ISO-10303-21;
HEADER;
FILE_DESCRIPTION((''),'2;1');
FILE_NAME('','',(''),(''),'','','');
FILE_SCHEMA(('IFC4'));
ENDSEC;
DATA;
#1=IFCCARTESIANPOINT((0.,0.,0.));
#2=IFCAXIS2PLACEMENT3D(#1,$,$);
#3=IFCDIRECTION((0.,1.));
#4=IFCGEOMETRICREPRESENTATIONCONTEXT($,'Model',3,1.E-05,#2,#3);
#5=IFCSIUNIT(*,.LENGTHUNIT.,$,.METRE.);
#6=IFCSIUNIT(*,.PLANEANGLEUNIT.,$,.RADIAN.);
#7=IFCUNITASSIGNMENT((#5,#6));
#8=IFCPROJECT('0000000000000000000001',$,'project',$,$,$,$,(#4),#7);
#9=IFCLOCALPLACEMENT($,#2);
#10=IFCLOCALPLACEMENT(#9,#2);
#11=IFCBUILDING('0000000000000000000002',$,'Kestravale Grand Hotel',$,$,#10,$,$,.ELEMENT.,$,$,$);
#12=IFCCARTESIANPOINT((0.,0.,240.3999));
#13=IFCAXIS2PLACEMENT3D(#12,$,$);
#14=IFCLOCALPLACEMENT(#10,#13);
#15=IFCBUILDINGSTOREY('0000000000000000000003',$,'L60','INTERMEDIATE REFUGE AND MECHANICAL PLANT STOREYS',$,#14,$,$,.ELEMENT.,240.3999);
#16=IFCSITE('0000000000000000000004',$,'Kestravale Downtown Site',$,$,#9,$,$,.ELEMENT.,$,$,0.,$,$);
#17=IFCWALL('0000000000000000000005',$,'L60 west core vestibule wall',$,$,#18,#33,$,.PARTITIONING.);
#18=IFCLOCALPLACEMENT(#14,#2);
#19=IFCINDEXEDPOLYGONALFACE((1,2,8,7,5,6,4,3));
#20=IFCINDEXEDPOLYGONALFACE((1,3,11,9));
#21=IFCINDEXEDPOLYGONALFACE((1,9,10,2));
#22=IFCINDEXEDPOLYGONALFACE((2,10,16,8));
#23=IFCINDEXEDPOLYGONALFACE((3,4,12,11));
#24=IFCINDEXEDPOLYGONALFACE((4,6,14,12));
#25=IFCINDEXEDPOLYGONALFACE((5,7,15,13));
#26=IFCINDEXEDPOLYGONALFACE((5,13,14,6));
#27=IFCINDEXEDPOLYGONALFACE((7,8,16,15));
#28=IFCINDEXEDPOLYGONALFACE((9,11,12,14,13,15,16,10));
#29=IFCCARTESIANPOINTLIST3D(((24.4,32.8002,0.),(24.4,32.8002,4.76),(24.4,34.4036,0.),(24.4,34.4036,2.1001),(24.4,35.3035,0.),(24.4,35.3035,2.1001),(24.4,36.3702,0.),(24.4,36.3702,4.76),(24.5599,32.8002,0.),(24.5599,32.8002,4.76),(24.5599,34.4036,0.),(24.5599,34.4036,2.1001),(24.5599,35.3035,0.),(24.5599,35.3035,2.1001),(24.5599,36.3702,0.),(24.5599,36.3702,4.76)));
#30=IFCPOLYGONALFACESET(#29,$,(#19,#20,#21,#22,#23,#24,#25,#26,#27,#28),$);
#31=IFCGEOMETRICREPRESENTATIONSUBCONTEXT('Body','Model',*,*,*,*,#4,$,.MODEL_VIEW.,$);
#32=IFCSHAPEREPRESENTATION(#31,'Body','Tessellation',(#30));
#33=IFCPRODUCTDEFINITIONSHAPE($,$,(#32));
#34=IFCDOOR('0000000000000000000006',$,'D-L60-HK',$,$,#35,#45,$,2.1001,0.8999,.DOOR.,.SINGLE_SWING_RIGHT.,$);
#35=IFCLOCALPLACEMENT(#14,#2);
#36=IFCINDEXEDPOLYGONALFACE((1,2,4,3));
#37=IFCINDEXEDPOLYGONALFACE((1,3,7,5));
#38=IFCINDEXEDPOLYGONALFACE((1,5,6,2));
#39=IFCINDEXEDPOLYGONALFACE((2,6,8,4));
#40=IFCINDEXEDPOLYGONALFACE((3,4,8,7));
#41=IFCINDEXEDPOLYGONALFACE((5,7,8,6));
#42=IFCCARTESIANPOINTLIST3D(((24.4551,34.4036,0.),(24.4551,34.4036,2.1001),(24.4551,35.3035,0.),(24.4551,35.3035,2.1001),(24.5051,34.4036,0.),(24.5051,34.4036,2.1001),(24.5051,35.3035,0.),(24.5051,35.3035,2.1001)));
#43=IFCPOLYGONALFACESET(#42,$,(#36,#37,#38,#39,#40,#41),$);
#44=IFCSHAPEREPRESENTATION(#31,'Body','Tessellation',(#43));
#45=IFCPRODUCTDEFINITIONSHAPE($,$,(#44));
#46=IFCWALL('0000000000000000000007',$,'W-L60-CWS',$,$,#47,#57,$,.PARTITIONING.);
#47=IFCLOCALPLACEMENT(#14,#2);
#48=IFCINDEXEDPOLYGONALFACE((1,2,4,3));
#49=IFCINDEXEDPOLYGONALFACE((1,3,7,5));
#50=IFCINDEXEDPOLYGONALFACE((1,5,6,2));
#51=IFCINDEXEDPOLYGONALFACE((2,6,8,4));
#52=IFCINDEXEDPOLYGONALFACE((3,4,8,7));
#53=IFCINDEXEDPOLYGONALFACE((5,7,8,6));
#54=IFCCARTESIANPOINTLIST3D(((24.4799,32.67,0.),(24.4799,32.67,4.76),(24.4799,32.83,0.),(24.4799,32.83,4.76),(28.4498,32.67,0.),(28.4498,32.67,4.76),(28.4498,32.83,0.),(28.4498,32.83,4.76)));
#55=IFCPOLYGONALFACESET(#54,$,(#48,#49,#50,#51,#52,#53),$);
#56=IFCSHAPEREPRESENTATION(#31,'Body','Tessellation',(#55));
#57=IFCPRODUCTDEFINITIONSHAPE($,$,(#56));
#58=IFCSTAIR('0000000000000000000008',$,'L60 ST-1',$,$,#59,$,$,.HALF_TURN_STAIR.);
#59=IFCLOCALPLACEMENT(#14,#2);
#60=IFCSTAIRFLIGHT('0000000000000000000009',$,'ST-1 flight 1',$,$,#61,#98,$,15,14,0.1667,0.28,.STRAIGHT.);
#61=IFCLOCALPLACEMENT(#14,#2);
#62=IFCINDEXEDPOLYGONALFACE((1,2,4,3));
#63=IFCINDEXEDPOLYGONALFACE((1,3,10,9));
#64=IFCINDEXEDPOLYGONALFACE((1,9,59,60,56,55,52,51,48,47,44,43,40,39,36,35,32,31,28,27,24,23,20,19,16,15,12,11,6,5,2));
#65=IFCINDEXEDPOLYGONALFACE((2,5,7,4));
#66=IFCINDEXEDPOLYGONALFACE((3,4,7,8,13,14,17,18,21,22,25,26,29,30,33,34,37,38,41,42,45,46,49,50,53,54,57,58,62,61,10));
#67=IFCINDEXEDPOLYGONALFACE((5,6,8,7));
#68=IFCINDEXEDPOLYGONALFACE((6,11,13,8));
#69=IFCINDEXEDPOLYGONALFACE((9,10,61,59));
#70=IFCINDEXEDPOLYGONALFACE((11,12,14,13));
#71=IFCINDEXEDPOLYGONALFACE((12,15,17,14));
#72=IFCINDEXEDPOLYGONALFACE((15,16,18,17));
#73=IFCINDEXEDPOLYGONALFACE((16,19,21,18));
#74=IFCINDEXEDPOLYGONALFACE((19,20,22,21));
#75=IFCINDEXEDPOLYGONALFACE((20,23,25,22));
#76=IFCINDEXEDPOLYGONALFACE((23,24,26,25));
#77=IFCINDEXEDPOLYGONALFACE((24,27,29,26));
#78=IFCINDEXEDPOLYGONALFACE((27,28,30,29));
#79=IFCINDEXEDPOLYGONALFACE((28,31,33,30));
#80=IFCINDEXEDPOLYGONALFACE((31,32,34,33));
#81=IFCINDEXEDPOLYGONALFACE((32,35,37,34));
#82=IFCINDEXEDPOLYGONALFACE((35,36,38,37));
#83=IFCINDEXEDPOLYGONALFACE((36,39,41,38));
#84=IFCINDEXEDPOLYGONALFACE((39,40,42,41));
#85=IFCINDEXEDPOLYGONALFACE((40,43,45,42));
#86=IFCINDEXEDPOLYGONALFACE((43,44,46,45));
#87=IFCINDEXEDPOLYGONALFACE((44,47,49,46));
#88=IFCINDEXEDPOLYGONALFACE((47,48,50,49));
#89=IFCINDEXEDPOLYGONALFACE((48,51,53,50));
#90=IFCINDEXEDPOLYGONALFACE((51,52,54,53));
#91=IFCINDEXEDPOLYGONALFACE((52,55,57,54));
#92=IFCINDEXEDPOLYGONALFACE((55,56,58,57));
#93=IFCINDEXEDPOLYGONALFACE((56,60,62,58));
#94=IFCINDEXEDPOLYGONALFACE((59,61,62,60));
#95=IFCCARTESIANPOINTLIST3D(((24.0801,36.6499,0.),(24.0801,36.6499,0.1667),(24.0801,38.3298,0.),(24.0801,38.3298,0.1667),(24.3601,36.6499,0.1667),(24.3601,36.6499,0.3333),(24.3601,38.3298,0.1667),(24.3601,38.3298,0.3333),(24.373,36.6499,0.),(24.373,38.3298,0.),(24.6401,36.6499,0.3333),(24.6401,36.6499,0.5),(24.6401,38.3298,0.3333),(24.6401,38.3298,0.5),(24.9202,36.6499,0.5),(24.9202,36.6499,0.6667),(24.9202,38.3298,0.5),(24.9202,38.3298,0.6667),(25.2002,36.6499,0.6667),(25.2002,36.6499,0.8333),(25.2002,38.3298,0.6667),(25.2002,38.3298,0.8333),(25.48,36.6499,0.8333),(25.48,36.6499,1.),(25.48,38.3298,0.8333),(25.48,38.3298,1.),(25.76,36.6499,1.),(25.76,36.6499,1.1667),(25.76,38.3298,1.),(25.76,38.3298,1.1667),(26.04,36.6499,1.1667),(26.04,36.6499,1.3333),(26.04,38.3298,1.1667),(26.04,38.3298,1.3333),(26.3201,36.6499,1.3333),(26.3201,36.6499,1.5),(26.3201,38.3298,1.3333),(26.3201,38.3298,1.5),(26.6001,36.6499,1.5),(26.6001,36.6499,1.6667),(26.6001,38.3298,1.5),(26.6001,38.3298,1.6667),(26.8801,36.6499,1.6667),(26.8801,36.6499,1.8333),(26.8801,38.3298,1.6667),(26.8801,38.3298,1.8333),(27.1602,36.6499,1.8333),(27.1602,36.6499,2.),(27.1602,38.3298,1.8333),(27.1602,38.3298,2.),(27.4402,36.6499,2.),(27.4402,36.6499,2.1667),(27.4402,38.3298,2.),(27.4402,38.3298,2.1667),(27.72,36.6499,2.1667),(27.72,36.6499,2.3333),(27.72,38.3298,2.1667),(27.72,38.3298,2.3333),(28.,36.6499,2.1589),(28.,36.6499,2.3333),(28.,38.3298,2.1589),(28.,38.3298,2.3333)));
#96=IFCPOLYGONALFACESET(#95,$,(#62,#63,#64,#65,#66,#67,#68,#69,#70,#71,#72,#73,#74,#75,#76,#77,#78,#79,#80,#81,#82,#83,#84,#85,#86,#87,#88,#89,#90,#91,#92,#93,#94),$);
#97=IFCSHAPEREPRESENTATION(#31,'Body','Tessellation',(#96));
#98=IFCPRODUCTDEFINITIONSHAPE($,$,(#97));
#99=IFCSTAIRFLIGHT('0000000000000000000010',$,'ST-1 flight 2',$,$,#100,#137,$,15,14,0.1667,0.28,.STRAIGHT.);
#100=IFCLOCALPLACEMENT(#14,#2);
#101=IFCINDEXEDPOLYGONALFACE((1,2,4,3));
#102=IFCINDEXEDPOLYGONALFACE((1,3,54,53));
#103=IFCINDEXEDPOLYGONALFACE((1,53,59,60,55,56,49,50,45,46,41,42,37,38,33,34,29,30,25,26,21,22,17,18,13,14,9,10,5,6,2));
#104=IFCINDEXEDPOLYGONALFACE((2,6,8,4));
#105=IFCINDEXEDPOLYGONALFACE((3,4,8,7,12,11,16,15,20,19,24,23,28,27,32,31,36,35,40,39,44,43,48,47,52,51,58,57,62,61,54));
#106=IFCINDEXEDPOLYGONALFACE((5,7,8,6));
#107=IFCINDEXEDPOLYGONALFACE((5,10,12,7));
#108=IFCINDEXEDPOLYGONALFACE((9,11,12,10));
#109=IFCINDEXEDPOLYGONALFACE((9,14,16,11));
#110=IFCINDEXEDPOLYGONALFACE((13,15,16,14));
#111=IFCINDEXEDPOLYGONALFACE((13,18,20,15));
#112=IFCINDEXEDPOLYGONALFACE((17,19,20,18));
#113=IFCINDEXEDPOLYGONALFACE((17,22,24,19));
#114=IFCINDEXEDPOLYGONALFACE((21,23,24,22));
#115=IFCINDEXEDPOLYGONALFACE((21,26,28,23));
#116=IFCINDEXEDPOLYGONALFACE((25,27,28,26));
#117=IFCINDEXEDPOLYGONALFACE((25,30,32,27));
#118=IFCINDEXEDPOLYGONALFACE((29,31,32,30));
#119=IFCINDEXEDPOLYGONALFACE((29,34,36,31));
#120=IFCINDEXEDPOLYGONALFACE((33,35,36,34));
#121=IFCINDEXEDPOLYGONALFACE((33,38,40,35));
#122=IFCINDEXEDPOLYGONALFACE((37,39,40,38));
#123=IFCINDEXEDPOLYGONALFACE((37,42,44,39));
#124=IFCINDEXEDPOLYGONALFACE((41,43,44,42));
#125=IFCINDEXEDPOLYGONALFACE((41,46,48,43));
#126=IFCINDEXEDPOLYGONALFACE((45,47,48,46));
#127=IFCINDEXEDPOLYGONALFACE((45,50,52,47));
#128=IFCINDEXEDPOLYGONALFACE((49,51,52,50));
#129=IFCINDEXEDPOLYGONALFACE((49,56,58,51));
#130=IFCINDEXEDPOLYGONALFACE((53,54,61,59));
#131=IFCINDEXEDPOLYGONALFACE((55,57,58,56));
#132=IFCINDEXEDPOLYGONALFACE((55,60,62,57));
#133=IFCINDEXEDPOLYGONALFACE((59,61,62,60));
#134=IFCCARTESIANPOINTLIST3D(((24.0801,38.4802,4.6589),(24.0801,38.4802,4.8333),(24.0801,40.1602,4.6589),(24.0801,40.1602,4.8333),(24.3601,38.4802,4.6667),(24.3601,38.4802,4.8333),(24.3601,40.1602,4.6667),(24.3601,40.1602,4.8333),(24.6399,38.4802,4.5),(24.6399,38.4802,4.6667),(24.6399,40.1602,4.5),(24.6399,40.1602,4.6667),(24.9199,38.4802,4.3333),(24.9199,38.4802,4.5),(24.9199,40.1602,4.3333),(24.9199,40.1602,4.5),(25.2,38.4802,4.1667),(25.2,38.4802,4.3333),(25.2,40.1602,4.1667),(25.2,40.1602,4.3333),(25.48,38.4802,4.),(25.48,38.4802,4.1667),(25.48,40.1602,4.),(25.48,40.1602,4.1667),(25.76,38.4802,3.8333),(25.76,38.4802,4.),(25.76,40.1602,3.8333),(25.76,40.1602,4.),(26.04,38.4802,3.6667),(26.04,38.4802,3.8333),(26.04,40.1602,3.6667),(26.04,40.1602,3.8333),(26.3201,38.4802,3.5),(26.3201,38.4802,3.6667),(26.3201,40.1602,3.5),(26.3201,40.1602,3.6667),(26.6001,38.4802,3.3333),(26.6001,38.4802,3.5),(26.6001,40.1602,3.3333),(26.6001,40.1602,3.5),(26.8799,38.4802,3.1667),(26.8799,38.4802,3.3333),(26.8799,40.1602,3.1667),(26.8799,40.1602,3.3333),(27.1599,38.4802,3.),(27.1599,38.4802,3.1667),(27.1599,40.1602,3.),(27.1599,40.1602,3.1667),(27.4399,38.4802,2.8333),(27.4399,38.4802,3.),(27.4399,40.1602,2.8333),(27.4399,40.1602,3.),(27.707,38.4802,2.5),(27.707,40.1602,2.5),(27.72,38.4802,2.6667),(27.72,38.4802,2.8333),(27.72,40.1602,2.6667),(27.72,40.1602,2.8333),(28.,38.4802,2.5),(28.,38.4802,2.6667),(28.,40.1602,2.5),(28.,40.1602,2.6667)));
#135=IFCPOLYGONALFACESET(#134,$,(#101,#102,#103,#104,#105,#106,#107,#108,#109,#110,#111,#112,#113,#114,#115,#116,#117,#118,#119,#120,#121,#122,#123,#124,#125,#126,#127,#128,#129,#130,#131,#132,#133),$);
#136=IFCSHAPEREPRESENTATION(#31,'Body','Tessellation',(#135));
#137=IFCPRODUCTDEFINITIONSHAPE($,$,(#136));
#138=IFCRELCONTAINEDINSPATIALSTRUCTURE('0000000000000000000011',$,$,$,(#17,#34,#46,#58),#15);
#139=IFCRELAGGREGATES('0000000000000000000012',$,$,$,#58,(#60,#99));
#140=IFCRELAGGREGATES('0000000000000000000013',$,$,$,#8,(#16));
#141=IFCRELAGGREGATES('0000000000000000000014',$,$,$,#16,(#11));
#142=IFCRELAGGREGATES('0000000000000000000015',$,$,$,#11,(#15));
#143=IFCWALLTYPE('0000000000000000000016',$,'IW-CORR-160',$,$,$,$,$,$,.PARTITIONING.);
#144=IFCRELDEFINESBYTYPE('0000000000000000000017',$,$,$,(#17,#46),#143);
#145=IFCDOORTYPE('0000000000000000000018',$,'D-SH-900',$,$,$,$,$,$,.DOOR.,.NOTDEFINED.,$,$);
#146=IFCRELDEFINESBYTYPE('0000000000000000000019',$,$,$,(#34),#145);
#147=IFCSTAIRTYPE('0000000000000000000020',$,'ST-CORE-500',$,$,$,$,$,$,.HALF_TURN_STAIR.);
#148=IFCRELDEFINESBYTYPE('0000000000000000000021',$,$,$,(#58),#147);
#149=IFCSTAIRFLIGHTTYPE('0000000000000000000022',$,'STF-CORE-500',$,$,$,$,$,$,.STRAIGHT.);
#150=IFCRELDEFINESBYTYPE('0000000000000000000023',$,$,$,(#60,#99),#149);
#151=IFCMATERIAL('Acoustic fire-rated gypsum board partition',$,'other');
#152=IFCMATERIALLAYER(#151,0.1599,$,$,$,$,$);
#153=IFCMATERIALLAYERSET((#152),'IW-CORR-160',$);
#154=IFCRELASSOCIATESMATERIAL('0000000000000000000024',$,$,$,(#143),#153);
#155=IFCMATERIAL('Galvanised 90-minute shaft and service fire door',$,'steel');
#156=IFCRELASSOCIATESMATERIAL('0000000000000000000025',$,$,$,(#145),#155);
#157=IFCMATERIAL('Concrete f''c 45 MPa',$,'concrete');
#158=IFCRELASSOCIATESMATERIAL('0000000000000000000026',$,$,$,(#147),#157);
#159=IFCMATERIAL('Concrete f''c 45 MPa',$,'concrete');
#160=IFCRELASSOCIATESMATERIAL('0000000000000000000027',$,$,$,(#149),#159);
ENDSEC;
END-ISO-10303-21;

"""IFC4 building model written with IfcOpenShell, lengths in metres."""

from ifc_helpers import new_model, si_unit, direction, frame, frame_2d, origin, place, context, subcontext, project, spatial, polyline, rectangle, outline, extrude, material, layer, layer_set, type_object, element, fill, aggregate, save


model = new_model("IFC4")

# Units and contexts
model_context = context("Model", 3, precision=1e-05, world=origin(), true_north=direction((0.0, 1.0)))
body_context = subcontext(model_context, "Body", "Model", "MODEL_VIEW")
ifc_project = project(units=[si_unit("LENGTHUNIT", "METRE"), si_unit("PLANEANGLEUNIT", "RADIAN")], contexts=[model_context])

# Site, building, storey
site_placement = place(None, origin())
site = spatial("IfcSite", under=ifc_project, at=site_placement, Name="Kestravale Downtown Site", CompositionType="ELEMENT", RefElevation=0.0)
building_placement = place(site_placement, origin())
building = spatial("IfcBuilding", under=site, at=building_placement, Name="Kestravale Grand Hotel", CompositionType="ELEMENT")
storey_placement = place(building_placement, frame((0.0, 0.0, 240.3999)))
storey = spatial("IfcBuildingStorey", under=building, at=storey_placement, Name="L60", Description="INTERMEDIATE REFUGE AND MECHANICAL PLANT STOREYS", CompositionType="ELEMENT", Elevation=240.3999)

# Wall, opening, door
ifc_material_1 = material(Name="Acoustic fire-rated gypsum board partition", Category="other")
ifc_layer_1 = layer(ifc_material_1, 0.1599)
ifc_layer_set_1 = layer_set([ifc_layer_1], Name="IW-CORR-160")
wall_type_1 = type_object("IfcWallType", Name="IW-CORR-160", PredefinedType="PARTITIONING", material=ifc_layer_set_1)
wall_1_placement = place(storey_placement, frame((24.48, 32.8, 0.0), z_axis=(0.0, 0.0, 1.0), x_axis=(0.0, 1.0, 0.0)))
wall_1 = element("IfcWall", 1, at=wall_1_placement, inside=storey, type_object=wall_type_1, Name="L60 west core vestibule wall", PredefinedType="PARTITIONING", context=body_context, shape_type="SweptSolid", body=[
    extrude(rectangle(XDim=3.5701, YDim=0.1599, at=frame_2d((1.7852, 0.0))), origin(), (0.0, 0.0, 1.0), 4.76),
])
opening_1_placement = place(wall_1_placement, frame((1.6035, 0.0, 0.0)))
opening_1 = element("IfcOpeningElement", 2, at=opening_1_placement, cuts=wall_1, PredefinedType="OPENING", context=body_context, shape_type="SweptSolid", body=[
    extrude(rectangle(XDim=0.8999, YDim=2.1001, at=frame_2d((0.45, 1.05))), frame((0.0, 0.0898, 0.0), z_axis=(0.0, -1.0, 0.0), x_axis=(1.0, 0.0, 0.0)), (0.0, 0.0, 1.0), 0.1799),
])
ifc_material_2 = material(Name="Galvanised 90-minute shaft and service fire door", Category="steel")
door_type_1 = type_object("IfcDoorType", Name="D-SH-900", OperationType="NOTDEFINED", PredefinedType="DOOR", material=ifc_material_2)
door_1_placement = place(opening_1_placement, origin())
door_1 = element("IfcDoor", 3, at=door_1_placement, inside=storey, type_object=door_type_1, Name="D-L60-HK", OperationType="SINGLE_SWING_RIGHT", OverallHeight=2.1001, OverallWidth=0.8999, PredefinedType="DOOR", context=body_context, shape_type="SweptSolid", body=[
    extrude(rectangle(XDim=0.8999, YDim=2.1001, at=frame_2d((0.45, 1.05))), frame((0.0, 0.0249, 0.0), z_axis=(0.0, -1.0, 0.0), x_axis=(1.0, 0.0, 0.0)), (0.0, 0.0, 1.0), 0.05),
])
fill(opening_1, door_1)

# Wall
wall_2_placement = place(storey_placement, frame((24.48, 32.75, 0.0), z_axis=(0.0, 0.0, 1.0), x_axis=(1.0, 0.0, 0.0)))
element("IfcWall", 4, at=wall_2_placement, inside=storey, type_object=wall_type_1, Name="W-L60-CWS", PredefinedType="PARTITIONING", context=body_context, shape_type="SweptSolid", body=[
    extrude(rectangle(XDim=3.97, YDim=0.1599, at=frame_2d((1.9849, 0.0))), origin(), (0.0, 0.0, 1.0), 4.76),
])

# Stair, stair flights
ifc_material_3 = material(Name="Concrete f'c 45 MPa", Category="concrete")
stair_type = type_object("IfcStairType", Name="ST-CORE-500", PredefinedType="HALF_TURN_STAIR", material=ifc_material_3)
stair_placement = place(storey_placement, origin())
stair = element("IfcStair", 5, at=stair_placement, inside=storey, type_object=stair_type, Name="L60 ST-1", PredefinedType="HALF_TURN_STAIR")
ifc_material_4 = material(Name="Concrete f'c 45 MPa", Category="concrete")
stair_flight_type = type_object("IfcStairFlightType", Name="STF-CORE-500", PredefinedType="STRAIGHT", material=ifc_material_4)
stair_flight_1_placement = place(storey_placement, frame((24.0801, 37.49, 0.0), z_axis=(0.0, 0.0, 1.0), x_axis=(1.0, 0.0, 0.0)))
stair_flight_1 = element("IfcStairFlight", 6, at=stair_flight_1_placement, type_object=stair_flight_type, Name="ST-1 flight 1", NumberOfRisers=15, NumberOfTreads=14, PredefinedType="STRAIGHT", RiserHeight=0.1667, TreadLength=0.28, context=body_context, shape_type="SweptSolid", body=[
    extrude(outline(polyline([(0.0, 0.0), (0.0, 0.1667), (0.28, 0.1667), (0.28, 0.3333), (0.5601, 0.3333), (0.5601, 0.5), (0.8401, 0.5), (0.8401, 0.6667), (1.1201, 0.6667), (1.1201, 0.8333), (1.3999, 0.8333), (1.3999, 1.0), (1.6799, 1.0), (1.6799, 1.1667), (1.96, 1.1667), (1.96, 1.3333), (2.24, 1.3333), (2.24, 1.5), (2.52, 1.5), (2.52, 1.6667), (2.8, 1.6667), (2.8, 1.8333), (3.0801, 1.8333), (3.0801, 2.0), (3.3601, 2.0), (3.3601, 2.1667), (3.6399, 2.1667), (3.6399, 2.3333), (3.9199, 2.3333), (3.9199, 2.5), (3.9199, 2.1589), (0.293, 0.0), (0.0, 0.0)])), frame((0.0, 0.8398, 0.0), z_axis=(0.0, -1.0, 0.0), x_axis=(1.0, 0.0, 0.0)), (0.0, 0.0, 1.0), 1.6799),
])
stair_flight_2_placement = place(storey_placement, frame((28.0, 39.3201, 2.5), z_axis=(0.0, 0.0, 1.0), x_axis=(-1.0, 0.0, 0.0)))
stair_flight_2 = element("IfcStairFlight", 7, at=stair_flight_2_placement, type_object=stair_flight_type, Name="ST-1 flight 2", NumberOfRisers=15, NumberOfTreads=14, PredefinedType="STRAIGHT", RiserHeight=0.1667, TreadLength=0.28, context=body_context, shape_type="SweptSolid", body=[
    extrude(outline(polyline([(0.0, 0.0), (0.0, 0.1667), (0.28, 0.1667), (0.28, 0.3333), (0.5601, 0.3333), (0.5601, 0.5), (0.8401, 0.5), (0.8401, 0.6667), (1.1201, 0.6667), (1.1201, 0.8333), (1.3999, 0.8333), (1.3999, 1.0), (1.6799, 1.0), (1.6799, 1.1667), (1.96, 1.1667), (1.96, 1.3333), (2.24, 1.3333), (2.24, 1.5), (2.52, 1.5), (2.52, 1.6667), (2.8, 1.6667), (2.8, 1.8333), (3.0801, 1.8333), (3.0801, 2.0), (3.3601, 2.0), (3.3601, 2.1667), (3.6399, 2.1667), (3.6399, 2.3333), (3.9199, 2.3333), (3.9199, 2.5), (3.9199, 2.1589), (0.293, 0.0), (0.0, 0.0)])), frame((0.0, 0.8398, 0.0), z_axis=(0.0, -1.0, 0.0), x_axis=(1.0, 0.0, 0.0)), (0.0, 0.0, 1.0), 1.6799),
])
aggregate(stair, [stair_flight_1, stair_flight_2])

save(model, "model.ifc")
